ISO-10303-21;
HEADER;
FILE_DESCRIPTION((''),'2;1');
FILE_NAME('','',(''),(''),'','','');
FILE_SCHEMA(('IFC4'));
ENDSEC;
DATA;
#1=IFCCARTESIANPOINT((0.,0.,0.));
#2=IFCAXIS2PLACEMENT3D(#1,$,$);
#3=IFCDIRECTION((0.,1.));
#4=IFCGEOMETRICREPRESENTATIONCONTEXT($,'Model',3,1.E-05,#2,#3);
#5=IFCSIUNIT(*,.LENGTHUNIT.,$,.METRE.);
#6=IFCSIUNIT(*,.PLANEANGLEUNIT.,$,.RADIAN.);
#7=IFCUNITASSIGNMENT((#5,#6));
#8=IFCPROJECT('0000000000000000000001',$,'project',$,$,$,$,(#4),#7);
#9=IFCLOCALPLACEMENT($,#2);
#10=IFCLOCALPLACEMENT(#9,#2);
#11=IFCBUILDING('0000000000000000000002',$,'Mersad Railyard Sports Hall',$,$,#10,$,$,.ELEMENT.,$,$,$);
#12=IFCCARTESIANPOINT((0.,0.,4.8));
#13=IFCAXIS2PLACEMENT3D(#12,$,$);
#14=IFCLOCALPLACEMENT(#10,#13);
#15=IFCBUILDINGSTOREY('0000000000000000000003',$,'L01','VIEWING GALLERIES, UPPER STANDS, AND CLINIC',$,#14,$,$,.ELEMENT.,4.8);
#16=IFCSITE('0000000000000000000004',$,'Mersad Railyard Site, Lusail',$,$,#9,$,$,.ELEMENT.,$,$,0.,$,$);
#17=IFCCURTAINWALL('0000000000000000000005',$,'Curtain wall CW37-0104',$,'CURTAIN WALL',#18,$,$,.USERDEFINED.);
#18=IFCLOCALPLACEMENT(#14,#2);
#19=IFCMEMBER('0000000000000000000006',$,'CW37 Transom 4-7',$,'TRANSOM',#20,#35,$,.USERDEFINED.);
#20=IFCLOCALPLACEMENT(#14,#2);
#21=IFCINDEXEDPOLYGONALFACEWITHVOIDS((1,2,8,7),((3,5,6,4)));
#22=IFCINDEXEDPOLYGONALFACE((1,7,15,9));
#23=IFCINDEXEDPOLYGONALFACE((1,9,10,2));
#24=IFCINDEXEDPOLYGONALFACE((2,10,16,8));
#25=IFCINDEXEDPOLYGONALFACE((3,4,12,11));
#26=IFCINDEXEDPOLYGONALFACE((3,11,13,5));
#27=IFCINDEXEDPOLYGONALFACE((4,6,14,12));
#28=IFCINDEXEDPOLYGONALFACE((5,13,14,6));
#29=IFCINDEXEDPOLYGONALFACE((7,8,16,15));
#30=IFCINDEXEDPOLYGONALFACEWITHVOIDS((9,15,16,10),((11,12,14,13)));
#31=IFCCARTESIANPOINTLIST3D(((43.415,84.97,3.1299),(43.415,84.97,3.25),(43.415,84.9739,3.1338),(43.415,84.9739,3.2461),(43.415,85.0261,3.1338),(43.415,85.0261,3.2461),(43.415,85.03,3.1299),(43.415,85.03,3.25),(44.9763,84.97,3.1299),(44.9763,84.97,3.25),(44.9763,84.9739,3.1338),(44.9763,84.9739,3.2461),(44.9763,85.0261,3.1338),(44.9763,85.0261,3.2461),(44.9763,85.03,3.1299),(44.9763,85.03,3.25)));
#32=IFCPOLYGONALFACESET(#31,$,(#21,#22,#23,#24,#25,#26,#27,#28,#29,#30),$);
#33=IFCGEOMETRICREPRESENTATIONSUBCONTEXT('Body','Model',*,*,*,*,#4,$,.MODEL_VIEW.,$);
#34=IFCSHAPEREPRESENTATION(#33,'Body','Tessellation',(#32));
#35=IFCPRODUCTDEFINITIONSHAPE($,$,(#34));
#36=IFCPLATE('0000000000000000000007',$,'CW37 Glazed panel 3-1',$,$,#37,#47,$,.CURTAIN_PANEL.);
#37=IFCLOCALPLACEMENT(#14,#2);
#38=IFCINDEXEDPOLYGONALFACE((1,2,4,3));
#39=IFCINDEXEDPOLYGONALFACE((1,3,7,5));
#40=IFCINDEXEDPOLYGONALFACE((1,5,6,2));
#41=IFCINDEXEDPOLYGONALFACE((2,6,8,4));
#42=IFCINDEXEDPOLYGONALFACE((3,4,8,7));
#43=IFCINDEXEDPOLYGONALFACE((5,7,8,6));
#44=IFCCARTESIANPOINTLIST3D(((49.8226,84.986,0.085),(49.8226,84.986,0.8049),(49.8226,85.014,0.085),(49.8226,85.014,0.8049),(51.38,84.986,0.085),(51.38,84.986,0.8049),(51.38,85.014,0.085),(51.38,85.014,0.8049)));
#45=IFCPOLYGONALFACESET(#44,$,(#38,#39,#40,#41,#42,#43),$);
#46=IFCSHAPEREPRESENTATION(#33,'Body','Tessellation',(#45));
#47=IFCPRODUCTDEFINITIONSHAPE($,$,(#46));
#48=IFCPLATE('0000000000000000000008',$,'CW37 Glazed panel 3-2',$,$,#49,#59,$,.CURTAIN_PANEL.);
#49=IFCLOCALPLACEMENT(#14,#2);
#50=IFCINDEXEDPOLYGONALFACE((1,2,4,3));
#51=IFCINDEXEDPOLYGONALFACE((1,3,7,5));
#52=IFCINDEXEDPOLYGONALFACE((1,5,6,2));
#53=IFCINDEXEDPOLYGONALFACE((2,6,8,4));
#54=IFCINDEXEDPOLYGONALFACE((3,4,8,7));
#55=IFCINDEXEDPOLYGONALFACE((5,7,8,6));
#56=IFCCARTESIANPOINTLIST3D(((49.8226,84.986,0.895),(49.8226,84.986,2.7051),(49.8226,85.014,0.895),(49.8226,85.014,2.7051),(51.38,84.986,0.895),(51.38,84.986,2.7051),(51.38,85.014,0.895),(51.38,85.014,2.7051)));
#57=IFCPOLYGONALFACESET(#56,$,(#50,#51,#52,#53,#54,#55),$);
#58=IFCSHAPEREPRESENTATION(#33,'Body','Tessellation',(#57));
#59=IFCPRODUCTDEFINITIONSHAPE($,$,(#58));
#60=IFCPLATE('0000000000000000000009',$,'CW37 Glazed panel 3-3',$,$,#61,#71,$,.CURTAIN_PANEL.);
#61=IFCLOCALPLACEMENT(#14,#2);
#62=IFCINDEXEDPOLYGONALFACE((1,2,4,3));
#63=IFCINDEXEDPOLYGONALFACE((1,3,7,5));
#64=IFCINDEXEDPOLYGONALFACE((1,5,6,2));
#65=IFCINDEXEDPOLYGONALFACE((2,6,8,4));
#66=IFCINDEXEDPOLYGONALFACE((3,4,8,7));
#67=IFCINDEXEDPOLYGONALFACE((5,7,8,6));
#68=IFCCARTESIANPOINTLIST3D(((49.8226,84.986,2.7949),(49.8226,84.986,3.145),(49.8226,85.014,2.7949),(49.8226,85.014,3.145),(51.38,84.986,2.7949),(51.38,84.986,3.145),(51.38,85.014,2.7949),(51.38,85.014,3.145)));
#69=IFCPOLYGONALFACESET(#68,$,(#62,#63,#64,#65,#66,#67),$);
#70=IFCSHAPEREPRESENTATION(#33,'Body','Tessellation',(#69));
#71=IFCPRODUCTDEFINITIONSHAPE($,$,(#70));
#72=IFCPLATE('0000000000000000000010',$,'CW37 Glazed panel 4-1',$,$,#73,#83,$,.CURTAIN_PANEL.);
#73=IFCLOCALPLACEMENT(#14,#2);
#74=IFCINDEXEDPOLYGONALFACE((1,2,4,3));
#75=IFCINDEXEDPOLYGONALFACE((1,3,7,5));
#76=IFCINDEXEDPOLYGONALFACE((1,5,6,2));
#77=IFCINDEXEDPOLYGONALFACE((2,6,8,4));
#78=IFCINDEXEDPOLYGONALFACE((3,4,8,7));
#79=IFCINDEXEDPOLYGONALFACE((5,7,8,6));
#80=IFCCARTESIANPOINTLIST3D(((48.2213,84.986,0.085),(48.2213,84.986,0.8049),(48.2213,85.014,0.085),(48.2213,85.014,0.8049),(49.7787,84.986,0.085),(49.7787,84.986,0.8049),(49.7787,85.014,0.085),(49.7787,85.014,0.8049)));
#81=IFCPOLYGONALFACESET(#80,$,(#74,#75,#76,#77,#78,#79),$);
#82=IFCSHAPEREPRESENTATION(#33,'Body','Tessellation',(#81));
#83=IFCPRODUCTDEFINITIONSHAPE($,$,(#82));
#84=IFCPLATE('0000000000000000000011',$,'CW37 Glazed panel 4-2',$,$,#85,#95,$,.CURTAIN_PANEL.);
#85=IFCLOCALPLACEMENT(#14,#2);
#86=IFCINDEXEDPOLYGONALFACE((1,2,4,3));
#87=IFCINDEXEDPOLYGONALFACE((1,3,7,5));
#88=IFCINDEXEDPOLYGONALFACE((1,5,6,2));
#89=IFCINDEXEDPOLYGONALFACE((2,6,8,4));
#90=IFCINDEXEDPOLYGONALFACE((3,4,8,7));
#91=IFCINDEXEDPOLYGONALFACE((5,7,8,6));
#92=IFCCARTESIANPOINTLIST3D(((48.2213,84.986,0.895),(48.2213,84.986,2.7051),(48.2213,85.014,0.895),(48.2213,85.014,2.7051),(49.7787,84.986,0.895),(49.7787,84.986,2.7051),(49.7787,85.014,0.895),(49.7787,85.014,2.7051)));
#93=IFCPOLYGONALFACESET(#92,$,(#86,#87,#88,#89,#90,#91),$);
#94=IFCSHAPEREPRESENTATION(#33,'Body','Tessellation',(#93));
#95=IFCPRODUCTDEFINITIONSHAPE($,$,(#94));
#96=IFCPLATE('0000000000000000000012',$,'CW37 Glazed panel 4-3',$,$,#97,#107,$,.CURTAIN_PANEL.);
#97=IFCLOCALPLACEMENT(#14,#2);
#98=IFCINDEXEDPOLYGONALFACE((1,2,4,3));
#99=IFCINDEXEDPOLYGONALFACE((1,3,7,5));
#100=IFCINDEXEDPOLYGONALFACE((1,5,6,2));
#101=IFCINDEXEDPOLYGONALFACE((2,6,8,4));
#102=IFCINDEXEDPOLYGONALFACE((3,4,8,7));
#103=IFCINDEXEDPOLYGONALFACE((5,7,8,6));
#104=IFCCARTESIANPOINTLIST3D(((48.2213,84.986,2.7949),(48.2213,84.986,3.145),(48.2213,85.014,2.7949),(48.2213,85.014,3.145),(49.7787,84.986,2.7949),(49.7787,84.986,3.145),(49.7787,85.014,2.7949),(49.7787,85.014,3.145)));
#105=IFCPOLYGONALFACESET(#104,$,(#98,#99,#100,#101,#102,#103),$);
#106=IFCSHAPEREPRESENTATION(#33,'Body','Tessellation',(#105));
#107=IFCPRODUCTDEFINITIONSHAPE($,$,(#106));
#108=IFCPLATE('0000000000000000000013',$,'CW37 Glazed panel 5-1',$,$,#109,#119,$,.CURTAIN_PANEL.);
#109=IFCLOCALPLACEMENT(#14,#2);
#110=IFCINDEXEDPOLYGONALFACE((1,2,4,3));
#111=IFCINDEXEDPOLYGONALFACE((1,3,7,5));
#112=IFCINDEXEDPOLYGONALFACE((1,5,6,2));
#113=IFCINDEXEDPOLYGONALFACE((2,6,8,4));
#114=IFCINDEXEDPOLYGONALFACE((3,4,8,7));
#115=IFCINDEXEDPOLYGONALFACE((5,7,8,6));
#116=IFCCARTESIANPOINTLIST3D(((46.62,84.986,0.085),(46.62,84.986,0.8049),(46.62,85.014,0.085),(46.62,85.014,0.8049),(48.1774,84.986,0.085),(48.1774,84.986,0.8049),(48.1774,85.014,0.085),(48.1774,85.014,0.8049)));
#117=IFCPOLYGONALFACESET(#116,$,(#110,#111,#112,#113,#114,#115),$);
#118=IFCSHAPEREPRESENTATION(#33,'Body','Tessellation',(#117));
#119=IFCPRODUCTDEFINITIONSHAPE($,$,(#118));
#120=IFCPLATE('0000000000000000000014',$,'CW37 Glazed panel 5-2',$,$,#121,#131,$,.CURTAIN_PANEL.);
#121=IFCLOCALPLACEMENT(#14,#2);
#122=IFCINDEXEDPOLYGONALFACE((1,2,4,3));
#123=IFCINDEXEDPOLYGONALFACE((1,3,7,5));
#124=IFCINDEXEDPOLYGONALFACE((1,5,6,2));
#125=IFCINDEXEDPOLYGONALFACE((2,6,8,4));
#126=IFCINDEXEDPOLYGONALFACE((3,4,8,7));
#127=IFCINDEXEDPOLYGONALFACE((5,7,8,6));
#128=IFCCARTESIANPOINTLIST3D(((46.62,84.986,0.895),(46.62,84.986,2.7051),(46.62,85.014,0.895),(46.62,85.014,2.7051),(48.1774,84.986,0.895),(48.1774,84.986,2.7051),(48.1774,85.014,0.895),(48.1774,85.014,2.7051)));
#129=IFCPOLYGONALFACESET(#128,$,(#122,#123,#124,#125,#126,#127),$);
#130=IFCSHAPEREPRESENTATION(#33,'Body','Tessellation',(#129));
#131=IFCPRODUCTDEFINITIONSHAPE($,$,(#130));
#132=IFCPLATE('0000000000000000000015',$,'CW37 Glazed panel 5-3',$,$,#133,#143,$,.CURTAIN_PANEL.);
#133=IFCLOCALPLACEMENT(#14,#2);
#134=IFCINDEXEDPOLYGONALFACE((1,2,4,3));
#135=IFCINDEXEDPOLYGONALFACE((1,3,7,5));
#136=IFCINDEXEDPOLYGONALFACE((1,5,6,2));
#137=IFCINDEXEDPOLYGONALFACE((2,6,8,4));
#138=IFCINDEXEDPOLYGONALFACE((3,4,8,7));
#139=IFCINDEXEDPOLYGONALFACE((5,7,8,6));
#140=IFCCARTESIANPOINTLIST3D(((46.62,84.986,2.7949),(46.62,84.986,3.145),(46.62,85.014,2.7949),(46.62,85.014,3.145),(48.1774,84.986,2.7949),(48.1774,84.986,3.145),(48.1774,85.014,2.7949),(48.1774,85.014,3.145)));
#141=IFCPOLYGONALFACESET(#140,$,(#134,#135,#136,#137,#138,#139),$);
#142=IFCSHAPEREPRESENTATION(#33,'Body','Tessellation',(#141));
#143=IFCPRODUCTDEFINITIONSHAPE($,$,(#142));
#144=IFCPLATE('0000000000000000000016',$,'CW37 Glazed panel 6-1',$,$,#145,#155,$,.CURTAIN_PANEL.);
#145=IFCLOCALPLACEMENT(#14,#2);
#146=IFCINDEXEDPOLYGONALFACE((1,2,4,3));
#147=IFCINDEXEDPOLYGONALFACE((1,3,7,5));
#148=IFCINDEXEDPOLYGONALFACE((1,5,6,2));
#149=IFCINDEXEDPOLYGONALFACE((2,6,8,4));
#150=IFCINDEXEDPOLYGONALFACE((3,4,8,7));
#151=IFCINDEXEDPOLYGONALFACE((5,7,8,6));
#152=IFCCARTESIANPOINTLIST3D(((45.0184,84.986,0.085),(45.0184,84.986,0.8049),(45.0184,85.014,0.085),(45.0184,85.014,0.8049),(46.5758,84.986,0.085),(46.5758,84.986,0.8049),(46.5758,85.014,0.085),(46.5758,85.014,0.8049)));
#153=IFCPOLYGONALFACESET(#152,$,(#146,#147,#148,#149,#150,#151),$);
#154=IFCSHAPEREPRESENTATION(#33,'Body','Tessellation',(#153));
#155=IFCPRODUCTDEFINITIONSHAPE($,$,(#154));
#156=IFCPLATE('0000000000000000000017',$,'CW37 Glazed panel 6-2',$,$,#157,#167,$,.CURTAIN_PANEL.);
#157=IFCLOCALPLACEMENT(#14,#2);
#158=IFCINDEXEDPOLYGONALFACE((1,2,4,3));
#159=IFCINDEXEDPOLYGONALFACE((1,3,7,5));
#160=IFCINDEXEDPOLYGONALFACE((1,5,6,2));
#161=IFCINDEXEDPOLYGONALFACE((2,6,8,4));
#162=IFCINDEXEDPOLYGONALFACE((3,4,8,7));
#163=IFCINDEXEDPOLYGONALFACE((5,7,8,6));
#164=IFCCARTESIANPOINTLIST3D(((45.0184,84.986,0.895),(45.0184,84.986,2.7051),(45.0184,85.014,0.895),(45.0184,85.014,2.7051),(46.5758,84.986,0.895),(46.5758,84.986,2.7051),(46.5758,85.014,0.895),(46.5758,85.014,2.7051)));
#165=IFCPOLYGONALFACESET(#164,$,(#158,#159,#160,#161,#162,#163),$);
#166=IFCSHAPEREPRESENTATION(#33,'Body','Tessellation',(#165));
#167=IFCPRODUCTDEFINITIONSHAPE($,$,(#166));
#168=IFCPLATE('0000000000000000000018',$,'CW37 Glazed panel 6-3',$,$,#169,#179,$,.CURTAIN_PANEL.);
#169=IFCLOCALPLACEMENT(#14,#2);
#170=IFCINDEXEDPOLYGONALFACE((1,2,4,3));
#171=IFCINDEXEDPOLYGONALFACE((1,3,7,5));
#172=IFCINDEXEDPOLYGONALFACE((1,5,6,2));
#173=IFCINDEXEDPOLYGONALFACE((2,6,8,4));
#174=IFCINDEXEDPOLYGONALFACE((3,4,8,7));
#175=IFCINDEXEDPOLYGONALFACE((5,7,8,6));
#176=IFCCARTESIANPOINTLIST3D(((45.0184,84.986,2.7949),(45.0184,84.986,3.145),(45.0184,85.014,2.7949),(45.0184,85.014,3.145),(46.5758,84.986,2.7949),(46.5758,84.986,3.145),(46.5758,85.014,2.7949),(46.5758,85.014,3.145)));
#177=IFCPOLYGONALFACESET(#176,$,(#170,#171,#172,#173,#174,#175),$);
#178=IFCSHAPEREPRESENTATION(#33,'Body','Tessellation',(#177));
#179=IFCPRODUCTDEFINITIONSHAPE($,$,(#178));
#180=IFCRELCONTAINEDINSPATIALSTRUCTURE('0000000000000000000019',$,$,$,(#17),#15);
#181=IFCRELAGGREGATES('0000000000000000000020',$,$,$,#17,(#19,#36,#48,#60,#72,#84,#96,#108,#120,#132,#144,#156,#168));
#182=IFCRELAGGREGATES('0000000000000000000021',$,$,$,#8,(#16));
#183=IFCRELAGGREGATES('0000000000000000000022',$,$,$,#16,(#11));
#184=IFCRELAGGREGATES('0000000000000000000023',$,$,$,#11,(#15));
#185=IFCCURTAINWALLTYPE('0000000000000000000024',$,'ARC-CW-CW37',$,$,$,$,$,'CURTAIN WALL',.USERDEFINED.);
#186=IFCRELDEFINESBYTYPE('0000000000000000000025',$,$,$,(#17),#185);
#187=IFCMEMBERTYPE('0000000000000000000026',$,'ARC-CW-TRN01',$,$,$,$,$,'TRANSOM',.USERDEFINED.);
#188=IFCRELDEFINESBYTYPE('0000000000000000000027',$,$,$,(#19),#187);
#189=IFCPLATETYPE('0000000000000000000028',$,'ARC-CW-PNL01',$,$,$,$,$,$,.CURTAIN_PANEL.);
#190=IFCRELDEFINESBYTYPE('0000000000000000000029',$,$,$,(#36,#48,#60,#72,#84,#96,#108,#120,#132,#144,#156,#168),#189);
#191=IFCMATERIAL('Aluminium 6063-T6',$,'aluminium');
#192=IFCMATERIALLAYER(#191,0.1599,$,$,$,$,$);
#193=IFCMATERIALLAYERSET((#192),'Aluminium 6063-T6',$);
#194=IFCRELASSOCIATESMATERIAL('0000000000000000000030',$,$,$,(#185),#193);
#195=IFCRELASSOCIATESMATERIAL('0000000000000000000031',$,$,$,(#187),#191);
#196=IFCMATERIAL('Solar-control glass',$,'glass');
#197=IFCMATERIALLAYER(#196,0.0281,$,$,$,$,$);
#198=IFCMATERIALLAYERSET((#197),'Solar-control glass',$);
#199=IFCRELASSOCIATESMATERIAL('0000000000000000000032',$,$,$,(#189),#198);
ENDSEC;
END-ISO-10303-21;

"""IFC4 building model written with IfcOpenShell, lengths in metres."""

from ifc_helpers import new_model, si_unit, direction, frame, origin, origin_2d, place, context, subcontext, project, spatial, rectangle, hollow_rectangle, extrude, material, layer, layer_set, material_profile, profile_set, type_object, element, aggregate, save


model = new_model("IFC4")

# Units and contexts
model_context = context("Model", 3, precision=1e-05, world=origin(), true_north=direction((0.0, 1.0)))
body_context = subcontext(model_context, "Body", "Model", "MODEL_VIEW")
ifc_project = project(units=[si_unit("LENGTHUNIT", "METRE"), si_unit("PLANEANGLEUNIT", "RADIAN")], contexts=[model_context])

# Site, building, storey
site_placement = place(None, origin())
site = spatial("IfcSite", under=ifc_project, at=site_placement, Name="Mersad Railyard Site, Lusail", CompositionType="ELEMENT", RefElevation=0.0)
building_placement = place(site_placement, origin())
building = spatial("IfcBuilding", under=site, at=building_placement, Name="Mersad Railyard Sports Hall", CompositionType="ELEMENT")
storey_placement = place(building_placement, frame((0.0, 0.0, 4.8)))
storey = spatial("IfcBuildingStorey", under=building, at=storey_placement, Name="L01", Description="VIEWING GALLERIES, UPPER STANDS, AND CLINIC", CompositionType="ELEMENT", Elevation=4.8)

# Curtain wall, member, plates
ifc_material_1 = material(Name="Aluminium 6063-T6", Category="aluminium")
ifc_layer_1 = layer(ifc_material_1, 0.1599)
ifc_layer_set_1 = layer_set([ifc_layer_1], Name="Aluminium 6063-T6")
curtain_wall_type = type_object("IfcCurtainWallType", Name="ARC-CW-CW37", ElementType="CURTAIN WALL", PredefinedType="USERDEFINED", material=ifc_layer_set_1)
curtain_wall_placement = place(storey_placement, origin())
curtain_wall = element("IfcCurtainWall", 1, at=curtain_wall_placement, inside=storey, type_object=curtain_wall_type, Name="Curtain wall CW37-0104", ObjectType="CURTAIN WALL", PredefinedType="USERDEFINED")
ifc_material_profile_1 = material_profile(ifc_material_1, hollow_rectangle(XDim=0.0601, YDim=0.1201, WallThickness=0.0039, at=origin_2d()), Name="AL TRANSOM 60x120x4")
ifc_profile_set_1 = profile_set([ifc_material_profile_1], Name="Aluminium 6063-T6")
member_type_1 = type_object("IfcMemberType", Name="ARC-CW-TRN01", ElementType="TRANSOM", PredefinedType="USERDEFINED", material=ifc_profile_set_1)
member_1_placement = place(storey_placement, frame((44.9763, 85.0, 3.1899), z_axis=(-1.0, 0.0, 0.0), x_axis=(0.0, -1.0, 0.0)))
member_1 = element("IfcMember", 2, at=member_1_placement, type_object=member_type_1, Name="CW37 Transom 4-7", ObjectType="TRANSOM", PredefinedType="USERDEFINED", context=body_context, shape_type="SweptSolid", body=[
    extrude(hollow_rectangle(XDim=0.0601, YDim=0.1201, WallThickness=0.0039, at=origin_2d()), origin(), (0.0, 0.0, 1.0), 1.5613),
])
ifc_material_2 = material(Name="Solar-control glass", Category="glass")
ifc_layer_2 = layer(ifc_material_2, 0.0281)
ifc_layer_set_2 = layer_set([ifc_layer_2], Name="Solar-control glass")
plate_type = type_object("IfcPlateType", Name="ARC-CW-PNL01", PredefinedType="CURTAIN_PANEL", material=ifc_layer_set_2)
plate_1_placement = place(storey_placement, frame((50.6013, 85.0, 0.085), z_axis=(0.0, 0.0, 1.0), x_axis=(-1.0, 0.0, 0.0)))
plate_1 = element("IfcPlate", 3, at=plate_1_placement, type_object=plate_type, Name="CW37 Glazed panel 3-1", PredefinedType="CURTAIN_PANEL", context=body_context, shape_type="SweptSolid", body=[
    extrude(rectangle(XDim=1.5574, YDim=0.0281, at=origin_2d()), origin(), (0.0, 0.0, 1.0), 0.72),
])
plate_2_placement = place(storey_placement, frame((50.6013, 85.0, 0.895), z_axis=(0.0, 0.0, 1.0), x_axis=(-1.0, 0.0, 0.0)))
plate_2 = element("IfcPlate", 4, at=plate_2_placement, type_object=plate_type, Name="CW37 Glazed panel 3-2", PredefinedType="CURTAIN_PANEL", context=body_context, shape_type="SweptSolid", body=[
    extrude(rectangle(XDim=1.5574, YDim=0.0281, at=origin_2d()), origin(), (0.0, 0.0, 1.0), 1.8101),
])
plate_3_placement = place(storey_placement, frame((50.6013, 85.0, 2.7949), z_axis=(0.0, 0.0, 1.0), x_axis=(-1.0, 0.0, 0.0)))
plate_3 = element("IfcPlate", 5, at=plate_3_placement, type_object=plate_type, Name="CW37 Glazed panel 3-3", PredefinedType="CURTAIN_PANEL", context=body_context, shape_type="SweptSolid", body=[
    extrude(rectangle(XDim=1.5574, YDim=0.0281, at=origin_2d()), origin(), (0.0, 0.0, 1.0), 0.3501),
])
plate_4_placement = place(storey_placement, frame((49.0, 85.0, 0.085), z_axis=(0.0, 0.0, 1.0), x_axis=(-1.0, 0.0, 0.0)))
plate_4 = element("IfcPlate", 6, at=plate_4_placement, type_object=plate_type, Name="CW37 Glazed panel 4-1", PredefinedType="CURTAIN_PANEL", context=body_context, shape_type="SweptSolid", body=[
    extrude(rectangle(XDim=1.5574, YDim=0.0281, at=origin_2d()), origin(), (0.0, 0.0, 1.0), 0.72),
])
plate_5_placement = place(storey_placement, frame((49.0, 85.0, 0.895), z_axis=(0.0, 0.0, 1.0), x_axis=(-1.0, 0.0, 0.0)))
plate_5 = element("IfcPlate", 7, at=plate_5_placement, type_object=plate_type, Name="CW37 Glazed panel 4-2", PredefinedType="CURTAIN_PANEL", context=body_context, shape_type="SweptSolid", body=[
    extrude(rectangle(XDim=1.5574, YDim=0.0281, at=origin_2d()), origin(), (0.0, 0.0, 1.0), 1.8101),
])
plate_6_placement = place(storey_placement, frame((49.0, 85.0, 2.7949), z_axis=(0.0, 0.0, 1.0), x_axis=(-1.0, 0.0, 0.0)))
plate_6 = element("IfcPlate", 8, at=plate_6_placement, type_object=plate_type, Name="CW37 Glazed panel 4-3", PredefinedType="CURTAIN_PANEL", context=body_context, shape_type="SweptSolid", body=[
    extrude(rectangle(XDim=1.5574, YDim=0.0281, at=origin_2d()), origin(), (0.0, 0.0, 1.0), 0.3501),
])
plate_7_placement = place(storey_placement, frame((47.3987, 85.0, 0.085), z_axis=(0.0, 0.0, 1.0), x_axis=(-1.0, 0.0, 0.0)))
plate_7 = element("IfcPlate", 9, at=plate_7_placement, type_object=plate_type, Name="CW37 Glazed panel 5-1", PredefinedType="CURTAIN_PANEL", context=body_context, shape_type="SweptSolid", body=[
    extrude(rectangle(XDim=1.5574, YDim=0.0281, at=origin_2d()), origin(), (0.0, 0.0, 1.0), 0.72),
])
plate_8_placement = place(storey_placement, frame((47.3987, 85.0, 0.895), z_axis=(0.0, 0.0, 1.0), x_axis=(-1.0, 0.0, 0.0)))
plate_8 = element("IfcPlate", 10, at=plate_8_placement, type_object=plate_type, Name="CW37 Glazed panel 5-2", PredefinedType="CURTAIN_PANEL", context=body_context, shape_type="SweptSolid", body=[
    extrude(rectangle(XDim=1.5574, YDim=0.0281, at=origin_2d()), origin(), (0.0, 0.0, 1.0), 1.8101),
])
plate_9_placement = place(storey_placement, frame((47.3987, 85.0, 2.7949), z_axis=(0.0, 0.0, 1.0), x_axis=(-1.0, 0.0, 0.0)))
plate_9 = element("IfcPlate", 11, at=plate_9_placement, type_object=plate_type, Name="CW37 Glazed panel 5-3", PredefinedType="CURTAIN_PANEL", context=body_context, shape_type="SweptSolid", body=[
    extrude(rectangle(XDim=1.5574, YDim=0.0281, at=origin_2d()), origin(), (0.0, 0.0, 1.0), 0.3501),
])
plate_10_placement = place(storey_placement, frame((45.7971, 85.0, 0.085), z_axis=(0.0, 0.0, 1.0), x_axis=(-1.0, 0.0, 0.0)))
plate_10 = element("IfcPlate", 12, at=plate_10_placement, type_object=plate_type, Name="CW37 Glazed panel 6-1", PredefinedType="CURTAIN_PANEL", context=body_context, shape_type="SweptSolid", body=[
    extrude(rectangle(XDim=1.5574, YDim=0.0281, at=origin_2d()), origin(), (0.0, 0.0, 1.0), 0.72),
])
plate_11_placement = place(storey_placement, frame((45.7971, 85.0, 0.895), z_axis=(0.0, 0.0, 1.0), x_axis=(-1.0, 0.0, 0.0)))
plate_11 = element("IfcPlate", 13, at=plate_11_placement, type_object=plate_type, Name="CW37 Glazed panel 6-2", PredefinedType="CURTAIN_PANEL", context=body_context, shape_type="SweptSolid", body=[
    extrude(rectangle(XDim=1.5574, YDim=0.0281, at=origin_2d()), origin(), (0.0, 0.0, 1.0), 1.8101),
])
plate_12_placement = place(storey_placement, frame((45.7971, 85.0, 2.7949), z_axis=(0.0, 0.0, 1.0), x_axis=(-1.0, 0.0, 0.0)))
plate_12 = element("IfcPlate", 14, at=plate_12_placement, type_object=plate_type, Name="CW37 Glazed panel 6-3", PredefinedType="CURTAIN_PANEL", context=body_context, shape_type="SweptSolid", body=[
    extrude(rectangle(XDim=1.5574, YDim=0.0281, at=origin_2d()), origin(), (0.0, 0.0, 1.0), 0.3501),
])
aggregate(curtain_wall, [member_1, plate_1, plate_2, plate_3, plate_4, plate_5, plate_6, plate_7, plate_8, plate_9, plate_10, plate_11, plate_12])

save(model, "model.ifc")
